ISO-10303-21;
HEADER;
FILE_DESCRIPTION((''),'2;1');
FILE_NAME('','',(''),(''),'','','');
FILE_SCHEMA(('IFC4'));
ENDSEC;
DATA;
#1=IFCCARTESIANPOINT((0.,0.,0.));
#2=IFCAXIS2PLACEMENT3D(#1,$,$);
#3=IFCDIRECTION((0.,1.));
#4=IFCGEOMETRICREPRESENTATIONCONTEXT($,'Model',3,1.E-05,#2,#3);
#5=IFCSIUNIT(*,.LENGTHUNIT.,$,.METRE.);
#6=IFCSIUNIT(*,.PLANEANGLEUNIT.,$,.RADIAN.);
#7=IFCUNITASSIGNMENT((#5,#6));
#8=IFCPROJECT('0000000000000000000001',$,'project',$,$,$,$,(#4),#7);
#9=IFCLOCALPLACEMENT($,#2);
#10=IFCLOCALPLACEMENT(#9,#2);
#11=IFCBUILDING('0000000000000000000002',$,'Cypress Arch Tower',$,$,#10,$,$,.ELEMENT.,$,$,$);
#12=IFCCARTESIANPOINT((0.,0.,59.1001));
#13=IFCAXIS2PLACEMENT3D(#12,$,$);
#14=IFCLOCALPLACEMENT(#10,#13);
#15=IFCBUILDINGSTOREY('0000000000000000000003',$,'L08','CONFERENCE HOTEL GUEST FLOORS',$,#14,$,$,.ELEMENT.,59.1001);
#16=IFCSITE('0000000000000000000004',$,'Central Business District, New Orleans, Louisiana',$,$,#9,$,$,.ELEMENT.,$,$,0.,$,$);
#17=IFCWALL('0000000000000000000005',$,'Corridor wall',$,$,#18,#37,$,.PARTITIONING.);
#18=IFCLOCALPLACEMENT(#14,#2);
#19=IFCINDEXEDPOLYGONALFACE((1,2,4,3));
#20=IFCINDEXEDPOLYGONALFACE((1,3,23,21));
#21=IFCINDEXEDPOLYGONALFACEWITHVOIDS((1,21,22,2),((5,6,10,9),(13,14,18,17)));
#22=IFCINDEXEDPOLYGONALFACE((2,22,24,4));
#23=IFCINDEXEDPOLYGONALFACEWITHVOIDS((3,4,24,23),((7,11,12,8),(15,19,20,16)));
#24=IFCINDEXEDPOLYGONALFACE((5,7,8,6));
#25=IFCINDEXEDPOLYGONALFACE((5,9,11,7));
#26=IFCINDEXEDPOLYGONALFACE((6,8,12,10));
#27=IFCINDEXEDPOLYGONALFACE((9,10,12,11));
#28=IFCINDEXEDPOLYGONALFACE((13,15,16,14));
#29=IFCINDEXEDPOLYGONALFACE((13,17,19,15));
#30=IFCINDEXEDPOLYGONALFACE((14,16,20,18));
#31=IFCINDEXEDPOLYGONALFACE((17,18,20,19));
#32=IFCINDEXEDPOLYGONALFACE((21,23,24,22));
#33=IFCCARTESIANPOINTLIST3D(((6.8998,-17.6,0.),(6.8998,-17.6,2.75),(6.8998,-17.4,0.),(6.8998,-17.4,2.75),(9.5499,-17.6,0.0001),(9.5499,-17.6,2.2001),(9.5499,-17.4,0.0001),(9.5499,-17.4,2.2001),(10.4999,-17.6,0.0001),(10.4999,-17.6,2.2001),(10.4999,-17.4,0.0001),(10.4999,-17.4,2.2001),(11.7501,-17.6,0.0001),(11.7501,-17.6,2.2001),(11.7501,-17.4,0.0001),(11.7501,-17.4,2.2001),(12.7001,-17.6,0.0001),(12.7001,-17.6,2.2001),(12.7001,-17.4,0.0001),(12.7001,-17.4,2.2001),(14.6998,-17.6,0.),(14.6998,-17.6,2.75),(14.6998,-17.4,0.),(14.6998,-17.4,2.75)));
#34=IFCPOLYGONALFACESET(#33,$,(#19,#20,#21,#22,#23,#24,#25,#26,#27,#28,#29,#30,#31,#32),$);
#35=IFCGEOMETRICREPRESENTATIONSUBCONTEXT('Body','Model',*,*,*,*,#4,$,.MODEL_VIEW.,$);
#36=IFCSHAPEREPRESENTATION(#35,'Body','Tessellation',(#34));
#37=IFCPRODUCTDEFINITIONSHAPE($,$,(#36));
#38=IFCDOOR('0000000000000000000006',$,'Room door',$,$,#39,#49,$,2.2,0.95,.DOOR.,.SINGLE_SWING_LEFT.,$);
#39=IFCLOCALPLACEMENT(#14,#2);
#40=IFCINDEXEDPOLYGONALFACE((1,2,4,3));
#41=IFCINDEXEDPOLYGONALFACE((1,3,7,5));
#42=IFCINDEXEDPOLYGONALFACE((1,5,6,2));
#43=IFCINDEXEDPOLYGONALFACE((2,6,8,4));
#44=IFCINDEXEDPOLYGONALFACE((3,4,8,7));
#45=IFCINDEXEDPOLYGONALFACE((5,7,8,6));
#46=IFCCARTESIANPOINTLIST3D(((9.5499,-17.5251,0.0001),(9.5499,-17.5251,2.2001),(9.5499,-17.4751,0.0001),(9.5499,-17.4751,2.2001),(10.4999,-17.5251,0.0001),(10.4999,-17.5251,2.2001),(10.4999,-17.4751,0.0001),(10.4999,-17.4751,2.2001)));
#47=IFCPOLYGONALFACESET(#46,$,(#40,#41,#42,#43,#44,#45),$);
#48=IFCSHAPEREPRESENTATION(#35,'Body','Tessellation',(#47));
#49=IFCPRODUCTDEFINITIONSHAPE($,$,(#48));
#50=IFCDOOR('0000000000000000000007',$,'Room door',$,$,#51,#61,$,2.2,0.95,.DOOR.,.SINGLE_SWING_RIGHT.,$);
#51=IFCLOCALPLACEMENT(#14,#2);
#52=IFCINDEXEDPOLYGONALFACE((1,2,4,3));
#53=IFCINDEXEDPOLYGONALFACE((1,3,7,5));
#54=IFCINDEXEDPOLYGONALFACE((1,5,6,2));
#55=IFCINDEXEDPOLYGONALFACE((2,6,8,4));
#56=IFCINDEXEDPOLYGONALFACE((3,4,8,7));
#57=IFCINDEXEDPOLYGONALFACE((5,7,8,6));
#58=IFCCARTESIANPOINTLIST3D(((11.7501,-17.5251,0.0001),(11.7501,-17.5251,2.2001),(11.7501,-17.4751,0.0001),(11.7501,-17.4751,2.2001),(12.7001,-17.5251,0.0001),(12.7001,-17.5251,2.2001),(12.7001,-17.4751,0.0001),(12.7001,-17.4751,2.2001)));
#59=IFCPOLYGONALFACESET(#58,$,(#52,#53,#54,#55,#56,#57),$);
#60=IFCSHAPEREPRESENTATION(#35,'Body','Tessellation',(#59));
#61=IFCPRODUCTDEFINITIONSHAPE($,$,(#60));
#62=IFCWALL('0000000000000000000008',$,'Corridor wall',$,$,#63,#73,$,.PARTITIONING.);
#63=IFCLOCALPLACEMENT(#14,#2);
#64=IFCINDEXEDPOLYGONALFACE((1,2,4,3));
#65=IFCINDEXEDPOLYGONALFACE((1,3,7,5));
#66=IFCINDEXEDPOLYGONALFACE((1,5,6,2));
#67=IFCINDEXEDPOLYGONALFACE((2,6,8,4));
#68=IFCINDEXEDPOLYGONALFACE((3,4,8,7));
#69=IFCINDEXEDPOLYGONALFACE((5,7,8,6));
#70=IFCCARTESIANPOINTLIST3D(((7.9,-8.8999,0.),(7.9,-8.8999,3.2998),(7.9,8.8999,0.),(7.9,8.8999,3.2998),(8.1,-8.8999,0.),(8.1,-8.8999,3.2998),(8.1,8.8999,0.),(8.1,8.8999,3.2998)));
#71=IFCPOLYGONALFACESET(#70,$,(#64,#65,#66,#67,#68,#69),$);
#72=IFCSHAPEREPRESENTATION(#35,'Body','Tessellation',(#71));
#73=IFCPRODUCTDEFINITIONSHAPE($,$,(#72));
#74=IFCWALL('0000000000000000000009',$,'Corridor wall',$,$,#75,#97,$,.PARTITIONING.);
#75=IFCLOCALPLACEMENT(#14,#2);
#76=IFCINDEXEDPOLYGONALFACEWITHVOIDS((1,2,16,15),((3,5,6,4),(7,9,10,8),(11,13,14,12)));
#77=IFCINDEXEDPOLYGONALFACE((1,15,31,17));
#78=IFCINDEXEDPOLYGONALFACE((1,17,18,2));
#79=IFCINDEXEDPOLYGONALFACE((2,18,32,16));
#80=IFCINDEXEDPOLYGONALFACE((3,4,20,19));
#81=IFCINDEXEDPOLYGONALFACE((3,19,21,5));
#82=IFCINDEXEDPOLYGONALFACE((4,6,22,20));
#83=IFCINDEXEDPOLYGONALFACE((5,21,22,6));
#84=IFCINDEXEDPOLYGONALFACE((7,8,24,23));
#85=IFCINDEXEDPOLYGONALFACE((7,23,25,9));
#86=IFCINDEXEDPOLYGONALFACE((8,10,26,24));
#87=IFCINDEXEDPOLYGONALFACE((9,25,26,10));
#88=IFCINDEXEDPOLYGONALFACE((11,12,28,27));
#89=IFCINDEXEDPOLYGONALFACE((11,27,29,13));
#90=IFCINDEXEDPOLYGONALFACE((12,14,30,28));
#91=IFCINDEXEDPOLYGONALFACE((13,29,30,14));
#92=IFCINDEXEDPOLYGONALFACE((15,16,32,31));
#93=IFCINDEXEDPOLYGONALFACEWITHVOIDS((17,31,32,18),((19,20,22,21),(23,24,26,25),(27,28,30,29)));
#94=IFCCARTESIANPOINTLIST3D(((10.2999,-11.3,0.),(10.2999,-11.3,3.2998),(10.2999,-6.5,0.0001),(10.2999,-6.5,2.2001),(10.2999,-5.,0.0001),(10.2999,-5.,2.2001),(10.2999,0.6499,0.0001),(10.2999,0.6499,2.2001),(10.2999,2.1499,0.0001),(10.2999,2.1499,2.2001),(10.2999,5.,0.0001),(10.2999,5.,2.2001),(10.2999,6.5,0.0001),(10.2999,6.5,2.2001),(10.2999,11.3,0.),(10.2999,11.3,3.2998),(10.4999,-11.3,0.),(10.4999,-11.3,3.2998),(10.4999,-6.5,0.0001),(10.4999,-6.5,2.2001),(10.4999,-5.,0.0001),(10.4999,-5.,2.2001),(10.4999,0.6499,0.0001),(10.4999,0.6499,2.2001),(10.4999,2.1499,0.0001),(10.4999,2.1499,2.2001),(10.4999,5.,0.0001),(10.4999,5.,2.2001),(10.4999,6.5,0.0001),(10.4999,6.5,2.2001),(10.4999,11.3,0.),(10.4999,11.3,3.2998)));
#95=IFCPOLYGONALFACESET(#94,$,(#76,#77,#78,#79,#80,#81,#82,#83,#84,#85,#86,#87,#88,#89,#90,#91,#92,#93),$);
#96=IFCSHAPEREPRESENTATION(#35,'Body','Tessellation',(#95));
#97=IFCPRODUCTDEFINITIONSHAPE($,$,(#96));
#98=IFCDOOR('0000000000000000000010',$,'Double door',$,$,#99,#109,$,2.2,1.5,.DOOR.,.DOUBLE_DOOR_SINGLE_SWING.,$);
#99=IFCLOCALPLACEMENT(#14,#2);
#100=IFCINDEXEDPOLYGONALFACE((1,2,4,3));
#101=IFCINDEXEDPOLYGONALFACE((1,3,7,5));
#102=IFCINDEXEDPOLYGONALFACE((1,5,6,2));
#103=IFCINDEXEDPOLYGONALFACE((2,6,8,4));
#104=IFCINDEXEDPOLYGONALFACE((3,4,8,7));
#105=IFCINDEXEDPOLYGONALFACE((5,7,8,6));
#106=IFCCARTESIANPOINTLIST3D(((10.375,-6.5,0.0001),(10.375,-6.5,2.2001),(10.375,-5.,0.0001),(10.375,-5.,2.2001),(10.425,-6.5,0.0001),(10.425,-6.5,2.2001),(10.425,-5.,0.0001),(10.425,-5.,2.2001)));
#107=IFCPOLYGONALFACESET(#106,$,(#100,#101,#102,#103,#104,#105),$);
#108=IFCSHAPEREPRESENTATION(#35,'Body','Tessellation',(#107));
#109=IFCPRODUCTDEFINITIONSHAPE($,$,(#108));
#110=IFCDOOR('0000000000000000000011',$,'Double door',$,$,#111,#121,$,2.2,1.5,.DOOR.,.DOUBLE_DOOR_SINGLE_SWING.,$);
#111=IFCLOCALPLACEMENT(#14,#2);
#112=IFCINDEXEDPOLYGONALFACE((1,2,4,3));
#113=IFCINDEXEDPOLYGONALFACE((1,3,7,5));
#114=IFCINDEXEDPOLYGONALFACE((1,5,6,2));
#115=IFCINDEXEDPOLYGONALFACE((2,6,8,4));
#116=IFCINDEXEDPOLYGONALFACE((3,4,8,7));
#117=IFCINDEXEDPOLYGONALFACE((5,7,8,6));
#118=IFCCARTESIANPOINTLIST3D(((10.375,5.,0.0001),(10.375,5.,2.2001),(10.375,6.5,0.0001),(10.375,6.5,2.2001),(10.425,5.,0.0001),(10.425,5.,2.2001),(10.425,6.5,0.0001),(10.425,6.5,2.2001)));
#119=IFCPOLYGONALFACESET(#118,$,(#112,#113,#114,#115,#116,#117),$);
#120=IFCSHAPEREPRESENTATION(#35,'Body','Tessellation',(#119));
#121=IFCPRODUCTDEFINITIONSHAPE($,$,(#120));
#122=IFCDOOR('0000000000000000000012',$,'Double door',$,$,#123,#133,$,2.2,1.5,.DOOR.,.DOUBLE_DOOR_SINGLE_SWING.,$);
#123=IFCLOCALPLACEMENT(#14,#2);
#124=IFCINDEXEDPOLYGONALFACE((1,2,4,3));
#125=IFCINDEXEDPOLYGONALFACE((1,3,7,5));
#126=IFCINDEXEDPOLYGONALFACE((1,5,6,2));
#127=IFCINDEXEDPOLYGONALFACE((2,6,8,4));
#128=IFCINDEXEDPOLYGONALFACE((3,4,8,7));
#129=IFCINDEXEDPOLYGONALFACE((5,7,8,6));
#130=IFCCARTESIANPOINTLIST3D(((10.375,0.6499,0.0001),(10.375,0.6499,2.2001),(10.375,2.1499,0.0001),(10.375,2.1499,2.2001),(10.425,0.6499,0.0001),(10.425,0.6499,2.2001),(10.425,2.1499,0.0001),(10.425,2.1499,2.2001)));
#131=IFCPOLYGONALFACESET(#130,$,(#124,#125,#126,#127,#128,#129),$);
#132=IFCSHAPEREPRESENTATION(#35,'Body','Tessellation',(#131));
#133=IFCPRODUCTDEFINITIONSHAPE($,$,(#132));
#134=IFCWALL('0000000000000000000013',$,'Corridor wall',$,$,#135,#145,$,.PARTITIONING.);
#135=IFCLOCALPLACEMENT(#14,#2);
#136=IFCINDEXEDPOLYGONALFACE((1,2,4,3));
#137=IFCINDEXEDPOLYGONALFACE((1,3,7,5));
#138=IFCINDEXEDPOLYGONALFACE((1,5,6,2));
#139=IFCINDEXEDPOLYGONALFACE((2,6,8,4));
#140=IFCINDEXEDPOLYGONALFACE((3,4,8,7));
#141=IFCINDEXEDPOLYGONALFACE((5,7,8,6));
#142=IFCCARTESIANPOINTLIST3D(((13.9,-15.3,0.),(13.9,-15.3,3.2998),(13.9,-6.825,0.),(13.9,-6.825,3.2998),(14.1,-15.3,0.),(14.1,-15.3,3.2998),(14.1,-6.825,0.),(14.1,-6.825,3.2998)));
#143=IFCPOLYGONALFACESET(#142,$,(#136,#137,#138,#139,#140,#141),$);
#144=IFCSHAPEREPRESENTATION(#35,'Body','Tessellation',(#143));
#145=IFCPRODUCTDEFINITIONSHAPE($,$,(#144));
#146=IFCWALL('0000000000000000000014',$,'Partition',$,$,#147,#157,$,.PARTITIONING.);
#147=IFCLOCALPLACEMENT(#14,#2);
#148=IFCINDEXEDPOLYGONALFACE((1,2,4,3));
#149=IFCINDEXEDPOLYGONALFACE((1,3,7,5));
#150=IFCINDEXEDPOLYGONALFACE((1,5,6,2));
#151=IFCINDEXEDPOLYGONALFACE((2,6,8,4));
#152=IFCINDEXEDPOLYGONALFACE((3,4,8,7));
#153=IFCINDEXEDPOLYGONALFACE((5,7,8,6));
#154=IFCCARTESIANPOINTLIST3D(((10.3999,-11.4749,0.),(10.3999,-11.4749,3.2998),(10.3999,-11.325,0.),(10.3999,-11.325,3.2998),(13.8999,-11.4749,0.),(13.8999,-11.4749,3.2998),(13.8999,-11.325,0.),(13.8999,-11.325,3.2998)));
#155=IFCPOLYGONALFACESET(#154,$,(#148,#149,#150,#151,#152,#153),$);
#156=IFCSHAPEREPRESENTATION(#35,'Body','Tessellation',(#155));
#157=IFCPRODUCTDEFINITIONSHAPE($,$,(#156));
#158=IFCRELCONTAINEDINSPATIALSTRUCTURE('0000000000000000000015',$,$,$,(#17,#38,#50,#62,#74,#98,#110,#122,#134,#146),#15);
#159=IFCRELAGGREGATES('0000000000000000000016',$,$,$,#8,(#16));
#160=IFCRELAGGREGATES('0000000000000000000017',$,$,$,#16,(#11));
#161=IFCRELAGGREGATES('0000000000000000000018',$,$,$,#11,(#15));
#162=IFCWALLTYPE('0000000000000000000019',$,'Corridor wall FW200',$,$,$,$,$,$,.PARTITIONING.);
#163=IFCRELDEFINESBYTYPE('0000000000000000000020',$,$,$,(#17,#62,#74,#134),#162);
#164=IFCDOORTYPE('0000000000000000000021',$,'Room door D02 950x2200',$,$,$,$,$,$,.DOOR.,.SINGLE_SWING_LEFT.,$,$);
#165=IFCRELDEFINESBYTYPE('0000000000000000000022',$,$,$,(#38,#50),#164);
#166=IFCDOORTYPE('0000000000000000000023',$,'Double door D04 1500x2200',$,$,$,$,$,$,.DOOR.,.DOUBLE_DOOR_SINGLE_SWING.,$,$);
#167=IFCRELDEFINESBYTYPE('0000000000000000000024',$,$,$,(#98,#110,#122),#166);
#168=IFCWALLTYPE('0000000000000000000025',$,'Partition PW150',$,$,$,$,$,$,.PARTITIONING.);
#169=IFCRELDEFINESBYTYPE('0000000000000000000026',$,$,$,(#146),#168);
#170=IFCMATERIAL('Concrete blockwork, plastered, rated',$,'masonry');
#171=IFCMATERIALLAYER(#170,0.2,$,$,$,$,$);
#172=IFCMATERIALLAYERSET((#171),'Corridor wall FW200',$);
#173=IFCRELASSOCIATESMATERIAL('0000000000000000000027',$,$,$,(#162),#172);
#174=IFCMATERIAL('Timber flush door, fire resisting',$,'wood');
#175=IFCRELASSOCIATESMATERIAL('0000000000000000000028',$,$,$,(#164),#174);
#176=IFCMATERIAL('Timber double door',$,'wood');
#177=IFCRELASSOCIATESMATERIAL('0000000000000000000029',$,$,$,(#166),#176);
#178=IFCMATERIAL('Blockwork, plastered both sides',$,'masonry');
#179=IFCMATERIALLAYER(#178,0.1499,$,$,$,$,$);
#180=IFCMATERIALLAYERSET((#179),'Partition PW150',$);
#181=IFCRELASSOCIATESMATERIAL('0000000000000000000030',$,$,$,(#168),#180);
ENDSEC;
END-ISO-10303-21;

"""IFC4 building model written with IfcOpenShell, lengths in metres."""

from ifc_helpers import new_model, si_unit, direction, frame, frame_2d, origin, place, context, subcontext, project, spatial, rectangle, extrude, material, layer, layer_set, type_object, element, fill, save


model = new_model("IFC4")

# Units and contexts
model_context = context("Model", 3, precision=1e-05, world=origin(), true_north=direction((0.0, 1.0)))
body_context = subcontext(model_context, "Body", "Model", "MODEL_VIEW")
ifc_project = project(units=[si_unit("LENGTHUNIT", "METRE"), si_unit("PLANEANGLEUNIT", "RADIAN")], contexts=[model_context])

# Site, building, storey
site_placement = place(None, origin())
site = spatial("IfcSite", under=ifc_project, at=site_placement, Name="Central Business District, New Orleans, Louisiana", CompositionType="ELEMENT", RefElevation=0.0)
building_placement = place(site_placement, origin())
building = spatial("IfcBuilding", under=site, at=building_placement, Name="Cypress Arch Tower", CompositionType="ELEMENT")
storey_placement = place(building_placement, frame((0.0, 0.0, 59.1001)))
storey = spatial("IfcBuildingStorey", under=building, at=storey_placement, Name="L08", Description="CONFERENCE HOTEL GUEST FLOORS", CompositionType="ELEMENT", Elevation=59.1001)

# Wall, openings, doors
ifc_material_1 = material(Name="Concrete blockwork, plastered, rated", Category="masonry")
ifc_layer_1 = layer(ifc_material_1, 0.2)
ifc_layer_set_1 = layer_set([ifc_layer_1], Name="Corridor wall FW200")
wall_type_1 = type_object("IfcWallType", Name="Corridor wall FW200", PredefinedType="PARTITIONING", material=ifc_layer_set_1)
wall_1_placement = place(storey_placement, frame((6.8999, -17.5, 0.0), z_axis=(0.0, 0.0, 1.0), x_axis=(1.0, 0.0, 0.0)))
wall_1 = element("IfcWall", 1, at=wall_1_placement, inside=storey, type_object=wall_type_1, Name="Corridor wall", PredefinedType="PARTITIONING", context=body_context, shape_type="SweptSolid", body=[
    extrude(rectangle(XDim=7.8, YDim=0.2, at=frame_2d((3.8999, 0.0))), origin(), (0.0, 0.0, 1.0), 2.75),
])
opening_1_placement = place(wall_1_placement, frame((2.6499, 0.0, 0.0)))
opening_1 = element("IfcOpeningElement", 2, at=opening_1_placement, cuts=wall_1, PredefinedType="OPENING", context=body_context, shape_type="SweptSolid", body=[
    extrude(rectangle(XDim=0.95, YDim=2.2, at=frame_2d((0.4751, 1.1001))), frame((0.0, 0.1099, 0.0), z_axis=(0.0, -1.0, 0.0), x_axis=(1.0, 0.0, 0.0)), (0.0, 0.0, 1.0), 0.22),
])
opening_2_placement = place(wall_1_placement, frame((4.8501, 0.0, 0.0)))
opening_2 = element("IfcOpeningElement", 3, at=opening_2_placement, cuts=wall_1, PredefinedType="OPENING", context=body_context, shape_type="SweptSolid", body=[
    extrude(rectangle(XDim=0.95, YDim=2.2, at=frame_2d((0.4751, 1.1001))), frame((0.0, 0.1099, 0.0), z_axis=(0.0, -1.0, 0.0), x_axis=(1.0, 0.0, 0.0)), (0.0, 0.0, 1.0), 0.22),
])
ifc_material_2 = material(Name="Timber flush door, fire resisting", Category="wood")
door_type_1 = type_object("IfcDoorType", Name="Room door D02 950x2200", OperationType="SINGLE_SWING_LEFT", PredefinedType="DOOR", material=ifc_material_2)
door_1_placement = place(opening_1_placement, origin())
door_1 = element("IfcDoor", 4, at=door_1_placement, inside=storey, type_object=door_type_1, Name="Room door", OperationType="SINGLE_SWING_LEFT", OverallHeight=2.2, OverallWidth=0.95, PredefinedType="DOOR", context=body_context, shape_type="SweptSolid", body=[
    extrude(rectangle(XDim=0.95, YDim=2.2, at=frame_2d((0.4751, 1.1001))), frame((0.0, 0.0249, 0.0), z_axis=(0.0, -1.0, 0.0), x_axis=(1.0, 0.0, 0.0)), (0.0, 0.0, 1.0), 0.05),
])
fill(opening_1, door_1)
door_2_placement = place(opening_2_placement, origin())
door_2 = element("IfcDoor", 5, at=door_2_placement, inside=storey, type_object=door_type_1, Name="Room door", OperationType="SINGLE_SWING_RIGHT", OverallHeight=2.2, OverallWidth=0.95, PredefinedType="DOOR", context=body_context, shape_type="SweptSolid", body=[
    extrude(rectangle(XDim=0.95, YDim=2.2, at=frame_2d((0.4751, 1.1001))), frame((0.0, 0.0249, 0.0), z_axis=(0.0, -1.0, 0.0), x_axis=(1.0, 0.0, 0.0)), (0.0, 0.0, 1.0), 0.05),
])
fill(opening_2, door_2)

# Wall
wall_2_placement = place(storey_placement, frame((8.0, -8.8999, 0.0), z_axis=(0.0, 0.0, 1.0), x_axis=(0.0, 1.0, 0.0)))
element("IfcWall", 6, at=wall_2_placement, inside=storey, type_object=wall_type_1, Name="Corridor wall", PredefinedType="PARTITIONING", context=body_context, shape_type="SweptSolid", body=[
    extrude(rectangle(XDim=17.7998, YDim=0.2, at=frame_2d((8.8999, 0.0))), origin(), (0.0, 0.0, 1.0), 3.2998),
])

# Wall, openings, doors
wall_3_placement = place(storey_placement, frame((10.3999, -11.3, 0.0), z_axis=(0.0, 0.0, 1.0), x_axis=(0.0, 1.0, 0.0)))
wall_3 = element("IfcWall", 7, at=wall_3_placement, inside=storey, type_object=wall_type_1, Name="Corridor wall", PredefinedType="PARTITIONING", context=body_context, shape_type="SweptSolid", body=[
    extrude(rectangle(XDim=22.6001, YDim=0.2, at=frame_2d((11.3, 0.0))), origin(), (0.0, 0.0, 1.0), 3.2998),
])
opening_3_placement = place(wall_3_placement, frame((4.8, 0.0, 0.0)))
opening_3 = element("IfcOpeningElement", 8, at=opening_3_placement, cuts=wall_3, PredefinedType="OPENING", context=body_context, shape_type="SweptSolid", body=[
    extrude(rectangle(XDim=1.5, YDim=2.2, at=frame_2d((0.75, 1.1001))), frame((0.0, 0.1099, 0.0), z_axis=(0.0, -1.0, 0.0), x_axis=(1.0, 0.0, 0.0)), (0.0, 0.0, 1.0), 0.22),
])
opening_4_placement = place(wall_3_placement, frame((16.3, 0.0, 0.0)))
opening_4 = element("IfcOpeningElement", 9, at=opening_4_placement, cuts=wall_3, PredefinedType="OPENING", context=body_context, shape_type="SweptSolid", body=[
    extrude(rectangle(XDim=1.5, YDim=2.2, at=frame_2d((0.75, 1.1001))), frame((0.0, 0.1099, 0.0), z_axis=(0.0, -1.0, 0.0), x_axis=(1.0, 0.0, 0.0)), (0.0, 0.0, 1.0), 0.22),
])
opening_5_placement = place(wall_3_placement, frame((11.95, 0.0, 0.0)))
opening_5 = element("IfcOpeningElement", 10, at=opening_5_placement, cuts=wall_3, PredefinedType="OPENING", context=body_context, shape_type="SweptSolid", body=[
    extrude(rectangle(XDim=1.5, YDim=2.2, at=frame_2d((0.75, 1.1001))), frame((0.0, 0.1099, 0.0), z_axis=(0.0, -1.0, 0.0), x_axis=(1.0, 0.0, 0.0)), (0.0, 0.0, 1.0), 0.22),
])
ifc_material_3 = material(Name="Timber double door", Category="wood")
door_type_2 = type_object("IfcDoorType", Name="Double door D04 1500x2200", OperationType="DOUBLE_DOOR_SINGLE_SWING", PredefinedType="DOOR", material=ifc_material_3)
door_3_placement = place(opening_3_placement, origin())
door_3 = element("IfcDoor", 11, at=door_3_placement, inside=storey, type_object=door_type_2, Name="Double door", OperationType="DOUBLE_DOOR_SINGLE_SWING", OverallHeight=2.2, OverallWidth=1.5, PredefinedType="DOOR", context=body_context, shape_type="SweptSolid", body=[
    extrude(rectangle(XDim=1.5, YDim=2.2, at=frame_2d((0.75, 1.1001))), frame((0.0, 0.0249, 0.0), z_axis=(0.0, -1.0, 0.0), x_axis=(1.0, 0.0, 0.0)), (0.0, 0.0, 1.0), 0.05),
])
fill(opening_3, door_3)
door_4_placement = place(opening_4_placement, origin())
door_4 = element("IfcDoor", 12, at=door_4_placement, inside=storey, type_object=door_type_2, Name="Double door", OperationType="DOUBLE_DOOR_SINGLE_SWING", OverallHeight=2.2, OverallWidth=1.5, PredefinedType="DOOR", context=body_context, shape_type="SweptSolid", body=[
    extrude(rectangle(XDim=1.5, YDim=2.2, at=frame_2d((0.75, 1.1001))), frame((0.0, 0.0249, 0.0), z_axis=(0.0, -1.0, 0.0), x_axis=(1.0, 0.0, 0.0)), (0.0, 0.0, 1.0), 0.05),
])
fill(opening_4, door_4)
door_5_placement = place(opening_5_placement, origin())
door_5 = element("IfcDoor", 13, at=door_5_placement, inside=storey, type_object=door_type_2, Name="Double door", OperationType="DOUBLE_DOOR_SINGLE_SWING", OverallHeight=2.2, OverallWidth=1.5, PredefinedType="DOOR", context=body_context, shape_type="SweptSolid", body=[
    extrude(rectangle(XDim=1.5, YDim=2.2, at=frame_2d((0.75, 1.1001))), frame((0.0, 0.0249, 0.0), z_axis=(0.0, -1.0, 0.0), x_axis=(1.0, 0.0, 0.0)), (0.0, 0.0, 1.0), 0.05),
])
fill(opening_5, door_5)

# Walls
wall_4_placement = place(storey_placement, frame((14.0, -15.3, 0.0), z_axis=(0.0, 0.0, 1.0), x_axis=(0.0, 1.0, 0.0)))
element("IfcWall", 14, at=wall_4_placement, inside=storey, type_object=wall_type_1, Name="Corridor wall", PredefinedType="PARTITIONING", context=body_context, shape_type="SweptSolid", body=[
    extrude(rectangle(XDim=8.4751, YDim=0.2, at=frame_2d((4.2375, 0.0))), origin(), (0.0, 0.0, 1.0), 3.2998),
])
ifc_material_4 = material(Name="Blockwork, plastered both sides", Category="masonry")
ifc_layer_2 = layer(ifc_material_4, 0.1499)
ifc_layer_set_2 = layer_set([ifc_layer_2], Name="Partition PW150")
wall_type_2 = type_object("IfcWallType", Name="Partition PW150", PredefinedType="PARTITIONING", material=ifc_layer_set_2)
wall_5_placement = place(storey_placement, frame((10.3999, -11.3999, 0.0), z_axis=(0.0, 0.0, 1.0), x_axis=(1.0, 0.0, 0.0)))
element("IfcWall", 15, at=wall_5_placement, inside=storey, type_object=wall_type_2, Name="Partition", PredefinedType="PARTITIONING", context=body_context, shape_type="SweptSolid", body=[
    extrude(rectangle(XDim=3.5, YDim=0.1499, at=frame_2d((1.75, 0.0))), origin(), (0.0, 0.0, 1.0), 3.2998),
])

save(model, "model.ifc")
